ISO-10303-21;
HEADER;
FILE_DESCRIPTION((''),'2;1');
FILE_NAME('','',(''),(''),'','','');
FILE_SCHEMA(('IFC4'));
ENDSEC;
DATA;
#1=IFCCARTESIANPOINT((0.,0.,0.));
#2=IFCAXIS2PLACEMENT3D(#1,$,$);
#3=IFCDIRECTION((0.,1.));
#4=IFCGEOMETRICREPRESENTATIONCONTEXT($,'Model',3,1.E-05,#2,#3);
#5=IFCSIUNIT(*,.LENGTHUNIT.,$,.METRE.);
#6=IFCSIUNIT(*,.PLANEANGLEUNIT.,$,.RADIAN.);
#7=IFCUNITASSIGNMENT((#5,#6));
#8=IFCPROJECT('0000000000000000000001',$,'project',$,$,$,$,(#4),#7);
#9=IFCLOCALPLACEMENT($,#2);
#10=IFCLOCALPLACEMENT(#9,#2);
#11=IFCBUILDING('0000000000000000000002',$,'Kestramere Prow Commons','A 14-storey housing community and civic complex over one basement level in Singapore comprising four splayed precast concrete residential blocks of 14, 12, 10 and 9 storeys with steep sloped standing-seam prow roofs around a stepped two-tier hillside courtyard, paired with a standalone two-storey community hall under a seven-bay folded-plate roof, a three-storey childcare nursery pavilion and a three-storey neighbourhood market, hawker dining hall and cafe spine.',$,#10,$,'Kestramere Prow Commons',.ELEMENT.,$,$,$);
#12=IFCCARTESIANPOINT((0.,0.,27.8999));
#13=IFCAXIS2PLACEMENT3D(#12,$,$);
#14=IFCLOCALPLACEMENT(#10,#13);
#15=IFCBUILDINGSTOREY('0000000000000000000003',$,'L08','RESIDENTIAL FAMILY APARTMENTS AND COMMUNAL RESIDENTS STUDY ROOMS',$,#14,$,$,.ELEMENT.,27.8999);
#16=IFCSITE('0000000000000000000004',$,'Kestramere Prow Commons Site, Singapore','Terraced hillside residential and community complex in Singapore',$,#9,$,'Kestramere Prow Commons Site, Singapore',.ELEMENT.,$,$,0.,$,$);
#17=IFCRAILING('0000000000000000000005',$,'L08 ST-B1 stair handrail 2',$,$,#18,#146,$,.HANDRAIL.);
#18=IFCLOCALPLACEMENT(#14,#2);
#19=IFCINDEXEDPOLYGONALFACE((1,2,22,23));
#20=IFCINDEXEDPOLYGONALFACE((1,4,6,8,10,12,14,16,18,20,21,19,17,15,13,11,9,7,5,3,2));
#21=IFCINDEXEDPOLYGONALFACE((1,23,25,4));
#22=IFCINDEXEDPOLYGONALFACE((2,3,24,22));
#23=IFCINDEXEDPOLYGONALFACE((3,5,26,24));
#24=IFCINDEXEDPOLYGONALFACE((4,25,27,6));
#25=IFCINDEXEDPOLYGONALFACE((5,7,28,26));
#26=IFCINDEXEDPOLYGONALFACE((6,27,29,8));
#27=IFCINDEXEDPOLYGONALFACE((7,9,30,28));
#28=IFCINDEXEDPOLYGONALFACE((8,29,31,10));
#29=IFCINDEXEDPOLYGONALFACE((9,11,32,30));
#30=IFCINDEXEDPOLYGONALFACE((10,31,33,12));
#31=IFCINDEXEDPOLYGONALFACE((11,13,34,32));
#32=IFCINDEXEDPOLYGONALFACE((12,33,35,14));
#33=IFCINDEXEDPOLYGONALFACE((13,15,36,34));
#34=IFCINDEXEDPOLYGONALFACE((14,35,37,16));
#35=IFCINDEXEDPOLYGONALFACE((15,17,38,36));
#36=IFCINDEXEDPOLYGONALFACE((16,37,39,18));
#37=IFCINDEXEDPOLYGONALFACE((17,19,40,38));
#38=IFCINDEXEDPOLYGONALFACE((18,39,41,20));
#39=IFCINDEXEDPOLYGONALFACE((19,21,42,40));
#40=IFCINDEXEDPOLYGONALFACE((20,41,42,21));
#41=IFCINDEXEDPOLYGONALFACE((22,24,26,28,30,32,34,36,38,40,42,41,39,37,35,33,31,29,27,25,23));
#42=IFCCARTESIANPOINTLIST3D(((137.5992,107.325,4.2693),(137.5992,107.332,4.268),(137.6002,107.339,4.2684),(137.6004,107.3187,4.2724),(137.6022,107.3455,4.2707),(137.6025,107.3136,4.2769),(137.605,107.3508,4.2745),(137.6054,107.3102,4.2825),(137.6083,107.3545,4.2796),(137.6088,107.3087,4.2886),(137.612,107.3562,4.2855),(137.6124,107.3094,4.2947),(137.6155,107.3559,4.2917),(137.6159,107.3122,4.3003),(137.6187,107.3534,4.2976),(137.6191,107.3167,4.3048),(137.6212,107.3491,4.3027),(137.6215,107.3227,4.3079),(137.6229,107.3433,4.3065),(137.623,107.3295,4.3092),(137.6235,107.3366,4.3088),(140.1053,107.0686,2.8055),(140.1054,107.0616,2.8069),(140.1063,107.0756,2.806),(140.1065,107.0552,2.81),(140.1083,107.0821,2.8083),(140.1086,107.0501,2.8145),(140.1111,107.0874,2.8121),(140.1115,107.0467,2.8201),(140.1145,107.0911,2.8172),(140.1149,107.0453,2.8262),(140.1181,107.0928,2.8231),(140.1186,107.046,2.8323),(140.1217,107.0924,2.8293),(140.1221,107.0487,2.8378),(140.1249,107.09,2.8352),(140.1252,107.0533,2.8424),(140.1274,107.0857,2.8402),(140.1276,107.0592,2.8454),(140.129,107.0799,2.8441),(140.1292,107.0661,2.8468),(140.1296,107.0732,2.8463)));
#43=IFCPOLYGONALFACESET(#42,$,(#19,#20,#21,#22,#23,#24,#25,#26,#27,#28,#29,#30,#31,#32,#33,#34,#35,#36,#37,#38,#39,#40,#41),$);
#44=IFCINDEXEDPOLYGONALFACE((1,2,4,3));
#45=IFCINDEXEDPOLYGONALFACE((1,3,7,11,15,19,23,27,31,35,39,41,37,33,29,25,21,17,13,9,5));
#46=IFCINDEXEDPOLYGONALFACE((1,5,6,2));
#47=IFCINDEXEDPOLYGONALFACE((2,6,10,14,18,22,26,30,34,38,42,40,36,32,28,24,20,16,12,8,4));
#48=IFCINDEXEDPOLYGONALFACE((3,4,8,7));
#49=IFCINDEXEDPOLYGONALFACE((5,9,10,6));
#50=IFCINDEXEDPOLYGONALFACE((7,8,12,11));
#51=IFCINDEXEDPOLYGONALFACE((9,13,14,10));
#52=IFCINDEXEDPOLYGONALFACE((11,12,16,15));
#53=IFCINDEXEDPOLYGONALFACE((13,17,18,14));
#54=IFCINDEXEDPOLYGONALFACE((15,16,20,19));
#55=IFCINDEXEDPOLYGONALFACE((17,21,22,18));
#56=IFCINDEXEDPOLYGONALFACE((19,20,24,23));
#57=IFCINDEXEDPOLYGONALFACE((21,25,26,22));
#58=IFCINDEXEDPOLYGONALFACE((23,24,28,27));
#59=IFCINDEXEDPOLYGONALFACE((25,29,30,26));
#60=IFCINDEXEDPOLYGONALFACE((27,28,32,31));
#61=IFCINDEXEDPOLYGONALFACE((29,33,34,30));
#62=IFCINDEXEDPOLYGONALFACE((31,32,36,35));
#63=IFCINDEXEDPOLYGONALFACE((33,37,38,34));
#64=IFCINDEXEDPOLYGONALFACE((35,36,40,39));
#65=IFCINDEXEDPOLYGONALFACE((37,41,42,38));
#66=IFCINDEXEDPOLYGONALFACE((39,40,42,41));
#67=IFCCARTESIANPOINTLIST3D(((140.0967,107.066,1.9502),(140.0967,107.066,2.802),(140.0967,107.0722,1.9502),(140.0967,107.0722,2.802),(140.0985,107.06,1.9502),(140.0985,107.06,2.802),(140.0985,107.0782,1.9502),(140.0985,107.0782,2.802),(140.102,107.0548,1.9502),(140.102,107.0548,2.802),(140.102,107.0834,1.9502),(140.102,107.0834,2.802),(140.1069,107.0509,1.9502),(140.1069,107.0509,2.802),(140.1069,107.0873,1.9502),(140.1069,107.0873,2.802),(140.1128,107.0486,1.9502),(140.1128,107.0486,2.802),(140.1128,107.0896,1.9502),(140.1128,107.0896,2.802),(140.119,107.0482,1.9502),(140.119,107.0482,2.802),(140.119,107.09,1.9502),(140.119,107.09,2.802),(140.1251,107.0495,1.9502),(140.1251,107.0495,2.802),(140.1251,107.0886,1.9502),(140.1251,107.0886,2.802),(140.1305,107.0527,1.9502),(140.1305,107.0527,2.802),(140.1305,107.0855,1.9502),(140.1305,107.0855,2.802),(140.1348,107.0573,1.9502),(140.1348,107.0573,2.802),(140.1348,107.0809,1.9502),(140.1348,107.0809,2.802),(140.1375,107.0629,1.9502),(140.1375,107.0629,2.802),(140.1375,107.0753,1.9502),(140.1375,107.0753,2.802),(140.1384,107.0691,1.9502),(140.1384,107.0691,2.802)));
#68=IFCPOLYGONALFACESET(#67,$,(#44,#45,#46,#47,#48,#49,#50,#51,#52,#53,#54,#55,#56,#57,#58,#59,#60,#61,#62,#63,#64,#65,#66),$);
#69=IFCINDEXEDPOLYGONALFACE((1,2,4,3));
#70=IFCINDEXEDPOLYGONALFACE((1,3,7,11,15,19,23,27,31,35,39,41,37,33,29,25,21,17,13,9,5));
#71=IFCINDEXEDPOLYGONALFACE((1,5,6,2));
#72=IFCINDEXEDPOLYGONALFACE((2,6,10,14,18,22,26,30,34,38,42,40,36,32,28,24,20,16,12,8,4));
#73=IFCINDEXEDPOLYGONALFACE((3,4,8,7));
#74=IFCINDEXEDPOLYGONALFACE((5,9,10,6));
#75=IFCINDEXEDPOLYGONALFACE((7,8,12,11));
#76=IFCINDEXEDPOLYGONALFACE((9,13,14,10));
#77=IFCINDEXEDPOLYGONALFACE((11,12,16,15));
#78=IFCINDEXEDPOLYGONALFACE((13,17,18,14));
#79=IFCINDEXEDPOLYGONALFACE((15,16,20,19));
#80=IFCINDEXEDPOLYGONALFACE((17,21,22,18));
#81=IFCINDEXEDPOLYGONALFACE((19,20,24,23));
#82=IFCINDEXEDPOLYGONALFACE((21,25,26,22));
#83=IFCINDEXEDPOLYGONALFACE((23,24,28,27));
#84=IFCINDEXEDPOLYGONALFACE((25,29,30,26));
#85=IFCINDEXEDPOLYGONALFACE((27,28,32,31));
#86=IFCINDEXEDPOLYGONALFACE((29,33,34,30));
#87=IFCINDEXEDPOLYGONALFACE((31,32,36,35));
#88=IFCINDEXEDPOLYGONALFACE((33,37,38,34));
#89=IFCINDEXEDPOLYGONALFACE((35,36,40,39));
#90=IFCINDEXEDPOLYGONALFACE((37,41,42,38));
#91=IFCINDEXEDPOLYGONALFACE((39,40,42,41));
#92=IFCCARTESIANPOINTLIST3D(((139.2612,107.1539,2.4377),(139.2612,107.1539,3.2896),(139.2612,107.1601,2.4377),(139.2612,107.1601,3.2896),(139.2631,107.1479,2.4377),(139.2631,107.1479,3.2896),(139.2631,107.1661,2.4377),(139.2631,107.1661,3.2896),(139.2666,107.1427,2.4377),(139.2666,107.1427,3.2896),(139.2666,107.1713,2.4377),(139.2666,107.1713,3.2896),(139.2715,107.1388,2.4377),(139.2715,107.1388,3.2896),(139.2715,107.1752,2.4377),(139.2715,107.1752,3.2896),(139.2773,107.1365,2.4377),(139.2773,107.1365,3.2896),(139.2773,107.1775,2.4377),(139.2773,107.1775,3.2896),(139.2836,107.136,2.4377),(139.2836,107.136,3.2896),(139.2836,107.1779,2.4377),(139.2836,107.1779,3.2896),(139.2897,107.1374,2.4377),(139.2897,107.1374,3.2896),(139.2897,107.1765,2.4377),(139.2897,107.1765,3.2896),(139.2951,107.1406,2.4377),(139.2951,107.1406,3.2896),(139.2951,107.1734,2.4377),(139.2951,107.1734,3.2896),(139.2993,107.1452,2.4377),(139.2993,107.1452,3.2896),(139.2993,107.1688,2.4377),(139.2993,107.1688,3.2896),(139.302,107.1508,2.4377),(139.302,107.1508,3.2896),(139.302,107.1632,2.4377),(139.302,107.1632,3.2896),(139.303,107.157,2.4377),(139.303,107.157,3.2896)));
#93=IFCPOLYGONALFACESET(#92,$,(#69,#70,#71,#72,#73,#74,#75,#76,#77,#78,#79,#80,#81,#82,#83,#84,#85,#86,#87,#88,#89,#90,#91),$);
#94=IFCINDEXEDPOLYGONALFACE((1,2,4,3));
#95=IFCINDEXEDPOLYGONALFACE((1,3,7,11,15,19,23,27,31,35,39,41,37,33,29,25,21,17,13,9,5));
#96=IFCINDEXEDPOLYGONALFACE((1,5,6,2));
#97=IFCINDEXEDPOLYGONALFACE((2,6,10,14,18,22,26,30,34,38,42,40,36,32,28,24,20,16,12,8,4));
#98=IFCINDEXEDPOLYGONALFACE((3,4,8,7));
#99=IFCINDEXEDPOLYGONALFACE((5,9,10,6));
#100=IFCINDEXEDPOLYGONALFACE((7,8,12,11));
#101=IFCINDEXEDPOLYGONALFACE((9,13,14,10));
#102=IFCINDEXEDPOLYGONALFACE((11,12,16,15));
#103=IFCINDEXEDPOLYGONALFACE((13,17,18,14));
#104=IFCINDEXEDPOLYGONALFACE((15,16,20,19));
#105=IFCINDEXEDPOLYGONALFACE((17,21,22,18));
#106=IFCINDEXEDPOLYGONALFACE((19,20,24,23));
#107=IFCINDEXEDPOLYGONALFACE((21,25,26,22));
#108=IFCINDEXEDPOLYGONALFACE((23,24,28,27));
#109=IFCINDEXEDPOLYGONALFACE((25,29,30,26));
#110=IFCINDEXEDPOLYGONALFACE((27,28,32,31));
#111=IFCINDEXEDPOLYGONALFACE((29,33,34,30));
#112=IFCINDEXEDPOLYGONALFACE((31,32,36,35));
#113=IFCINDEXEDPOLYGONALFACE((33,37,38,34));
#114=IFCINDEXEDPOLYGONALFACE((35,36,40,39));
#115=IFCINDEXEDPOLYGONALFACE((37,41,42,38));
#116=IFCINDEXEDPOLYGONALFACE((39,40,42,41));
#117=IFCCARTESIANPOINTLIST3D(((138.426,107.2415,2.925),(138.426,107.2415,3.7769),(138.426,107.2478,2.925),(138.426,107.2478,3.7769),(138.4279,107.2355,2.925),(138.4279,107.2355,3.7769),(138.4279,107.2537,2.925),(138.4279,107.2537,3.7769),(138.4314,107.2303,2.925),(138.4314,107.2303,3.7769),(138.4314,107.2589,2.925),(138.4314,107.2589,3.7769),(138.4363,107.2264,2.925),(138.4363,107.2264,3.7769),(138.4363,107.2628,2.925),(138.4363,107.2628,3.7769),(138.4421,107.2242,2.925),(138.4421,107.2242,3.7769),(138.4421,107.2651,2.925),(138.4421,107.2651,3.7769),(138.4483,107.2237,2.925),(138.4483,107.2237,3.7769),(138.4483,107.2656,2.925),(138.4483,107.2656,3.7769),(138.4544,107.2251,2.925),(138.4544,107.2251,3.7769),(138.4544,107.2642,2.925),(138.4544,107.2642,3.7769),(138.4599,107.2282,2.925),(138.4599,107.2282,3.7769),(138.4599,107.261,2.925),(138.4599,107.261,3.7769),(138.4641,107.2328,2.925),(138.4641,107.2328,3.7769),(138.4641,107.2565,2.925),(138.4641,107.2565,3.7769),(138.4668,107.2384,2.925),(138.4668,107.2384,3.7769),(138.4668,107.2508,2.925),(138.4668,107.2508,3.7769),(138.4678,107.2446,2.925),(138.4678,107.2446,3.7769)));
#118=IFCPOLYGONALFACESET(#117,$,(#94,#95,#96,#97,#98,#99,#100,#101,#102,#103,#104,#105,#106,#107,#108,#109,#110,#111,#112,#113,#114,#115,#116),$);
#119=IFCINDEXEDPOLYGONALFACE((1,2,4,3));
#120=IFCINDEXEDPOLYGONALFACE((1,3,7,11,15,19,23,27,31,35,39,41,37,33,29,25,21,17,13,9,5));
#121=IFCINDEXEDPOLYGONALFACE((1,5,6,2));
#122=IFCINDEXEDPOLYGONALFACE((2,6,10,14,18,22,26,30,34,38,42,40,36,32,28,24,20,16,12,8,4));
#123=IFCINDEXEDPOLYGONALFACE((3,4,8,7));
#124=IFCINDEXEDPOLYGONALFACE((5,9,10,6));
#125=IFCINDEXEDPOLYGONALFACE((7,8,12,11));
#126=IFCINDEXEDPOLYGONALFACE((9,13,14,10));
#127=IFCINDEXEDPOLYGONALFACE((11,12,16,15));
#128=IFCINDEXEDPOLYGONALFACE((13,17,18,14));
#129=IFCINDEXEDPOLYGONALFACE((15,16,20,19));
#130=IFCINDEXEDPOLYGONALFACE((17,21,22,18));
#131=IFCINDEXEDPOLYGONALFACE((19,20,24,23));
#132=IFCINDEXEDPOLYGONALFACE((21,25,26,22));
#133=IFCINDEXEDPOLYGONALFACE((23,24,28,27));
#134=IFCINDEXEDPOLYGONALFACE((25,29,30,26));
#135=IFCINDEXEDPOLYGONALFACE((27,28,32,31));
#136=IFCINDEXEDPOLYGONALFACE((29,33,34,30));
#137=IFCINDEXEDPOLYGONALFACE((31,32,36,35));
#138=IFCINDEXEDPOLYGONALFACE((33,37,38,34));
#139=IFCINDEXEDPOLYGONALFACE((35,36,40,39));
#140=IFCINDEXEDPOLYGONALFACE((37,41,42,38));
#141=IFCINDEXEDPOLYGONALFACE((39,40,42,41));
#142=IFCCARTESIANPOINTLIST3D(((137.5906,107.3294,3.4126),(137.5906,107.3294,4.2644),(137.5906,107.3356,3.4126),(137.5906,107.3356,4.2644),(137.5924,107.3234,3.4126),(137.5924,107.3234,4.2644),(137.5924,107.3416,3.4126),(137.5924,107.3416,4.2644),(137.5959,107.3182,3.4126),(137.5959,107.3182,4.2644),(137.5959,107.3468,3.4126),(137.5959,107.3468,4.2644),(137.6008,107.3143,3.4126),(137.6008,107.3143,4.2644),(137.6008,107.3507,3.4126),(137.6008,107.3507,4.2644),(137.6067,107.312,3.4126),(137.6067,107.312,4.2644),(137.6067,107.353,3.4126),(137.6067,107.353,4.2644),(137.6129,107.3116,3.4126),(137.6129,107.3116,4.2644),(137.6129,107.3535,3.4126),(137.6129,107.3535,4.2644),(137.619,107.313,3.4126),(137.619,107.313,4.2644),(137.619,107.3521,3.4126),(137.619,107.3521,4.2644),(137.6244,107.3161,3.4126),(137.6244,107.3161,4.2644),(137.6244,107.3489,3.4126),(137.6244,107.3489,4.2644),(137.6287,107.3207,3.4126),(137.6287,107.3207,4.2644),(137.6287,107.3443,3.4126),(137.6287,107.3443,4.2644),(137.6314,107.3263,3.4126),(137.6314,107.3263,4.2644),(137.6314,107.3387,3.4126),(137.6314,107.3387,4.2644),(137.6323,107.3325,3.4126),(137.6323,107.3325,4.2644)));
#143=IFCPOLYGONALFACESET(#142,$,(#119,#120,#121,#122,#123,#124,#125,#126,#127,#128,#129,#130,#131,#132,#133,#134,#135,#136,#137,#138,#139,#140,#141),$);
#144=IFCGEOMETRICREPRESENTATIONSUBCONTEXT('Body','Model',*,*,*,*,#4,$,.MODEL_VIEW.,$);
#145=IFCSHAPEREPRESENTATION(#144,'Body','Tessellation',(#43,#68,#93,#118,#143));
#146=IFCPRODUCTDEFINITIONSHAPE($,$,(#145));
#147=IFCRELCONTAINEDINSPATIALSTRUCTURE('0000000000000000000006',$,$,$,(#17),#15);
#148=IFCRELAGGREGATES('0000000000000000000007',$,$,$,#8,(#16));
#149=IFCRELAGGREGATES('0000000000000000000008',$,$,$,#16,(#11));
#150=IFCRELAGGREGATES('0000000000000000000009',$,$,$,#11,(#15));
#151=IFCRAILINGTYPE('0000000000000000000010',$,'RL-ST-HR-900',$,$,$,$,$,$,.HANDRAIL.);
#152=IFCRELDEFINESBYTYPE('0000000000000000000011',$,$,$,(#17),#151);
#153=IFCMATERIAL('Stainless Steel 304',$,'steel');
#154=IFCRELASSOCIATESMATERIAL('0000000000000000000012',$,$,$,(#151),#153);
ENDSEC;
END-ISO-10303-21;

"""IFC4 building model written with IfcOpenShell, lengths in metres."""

from ifc_helpers import new_model, si_unit, direction, frame, origin, origin_2d, place, context, subcontext, project, spatial, circle, extrude, material, type_object, element, save


model = new_model("IFC4")

# Units and contexts
model_context = context("Model", 3, precision=1e-05, world=origin(), true_north=direction((0.0, 1.0)))
body_context = subcontext(model_context, "Body", "Model", "MODEL_VIEW")
ifc_project = project(units=[si_unit("LENGTHUNIT", "METRE"), si_unit("PLANEANGLEUNIT", "RADIAN")], contexts=[model_context])

# Site, building, storey
site_placement = place(None, origin())
site = spatial("IfcSite", under=ifc_project, at=site_placement, Name="Kestramere Prow Commons Site, Singapore", Description="Terraced hillside residential and community complex in Singapore", LongName="Kestramere Prow Commons Site, Singapore", CompositionType="ELEMENT", RefElevation=0.0)
building_placement = place(site_placement, origin())
building = spatial("IfcBuilding", under=site, at=building_placement, Name="Kestramere Prow Commons", Description="A 14-storey housing community and civic complex over one basement level in Singapore comprising four splayed precast concrete residential blocks of 14, 12, 10 and 9 storeys with steep sloped standing-seam prow roofs around a stepped two-tier hillside courtyard, paired with a standalone two-storey community hall under a seven-bay folded-plate roof, a three-storey childcare nursery pavilion and a three-storey neighbourhood market, hawker dining hall and cafe spine.", LongName="Kestramere Prow Commons", CompositionType="ELEMENT")
storey_placement = place(building_placement, frame((0.0, 0.0, 27.8999)))
storey = spatial("IfcBuildingStorey", under=building, at=storey_placement, Name="L08", Description="RESIDENTIAL FAMILY APARTMENTS AND COMMUNAL RESIDENTS STUDY ROOMS", CompositionType="ELEMENT", Elevation=27.8999)

# Railing
ifc_material_1 = material(Name="Stainless Steel 304", Category="steel")
railing_type_1 = type_object("IfcRailingType", Name="RL-ST-HR-900", PredefinedType="HANDRAIL", material=ifc_material_1)
railing_1_placement = place(storey_placement, frame((140.1174, 107.0691, 1.9502)))
element("IfcRailing", 1, at=railing_1_placement, inside=storey, type_object=railing_type_1, Name="L08 ST-B1 stair handrail 2", PredefinedType="HANDRAIL", context=body_context, shape_type="SweptSolid", body=[
    extrude(circle(Radius=0.0239, at=origin_2d()), frame((0.0, 0.0, 0.876), z_axis=(-0.860165, 0.090416, 0.501937), x_axis=(-0.104539, -0.994521, 0.0)), (0.0, 0.0, 1.0), 2.9136),
    extrude(circle(Radius=0.021, at=origin_2d()), origin(), (0.0, 0.0, 1.0), 0.8518),
    extrude(circle(Radius=0.021, at=origin_2d()), frame((-0.8354, 0.0879, 0.4875)), (0.0, 0.0, 1.0), 0.8518),
    extrude(circle(Radius=0.021, at=origin_2d()), frame((-1.6707, 0.1755, 0.9749)), (0.0, 0.0, 1.0), 0.8518),
    extrude(circle(Radius=0.021, at=origin_2d()), frame((-2.5061, 0.2634, 1.4624)), (0.0, 0.0, 1.0), 0.8518),
])

save(model, "model.ifc")
